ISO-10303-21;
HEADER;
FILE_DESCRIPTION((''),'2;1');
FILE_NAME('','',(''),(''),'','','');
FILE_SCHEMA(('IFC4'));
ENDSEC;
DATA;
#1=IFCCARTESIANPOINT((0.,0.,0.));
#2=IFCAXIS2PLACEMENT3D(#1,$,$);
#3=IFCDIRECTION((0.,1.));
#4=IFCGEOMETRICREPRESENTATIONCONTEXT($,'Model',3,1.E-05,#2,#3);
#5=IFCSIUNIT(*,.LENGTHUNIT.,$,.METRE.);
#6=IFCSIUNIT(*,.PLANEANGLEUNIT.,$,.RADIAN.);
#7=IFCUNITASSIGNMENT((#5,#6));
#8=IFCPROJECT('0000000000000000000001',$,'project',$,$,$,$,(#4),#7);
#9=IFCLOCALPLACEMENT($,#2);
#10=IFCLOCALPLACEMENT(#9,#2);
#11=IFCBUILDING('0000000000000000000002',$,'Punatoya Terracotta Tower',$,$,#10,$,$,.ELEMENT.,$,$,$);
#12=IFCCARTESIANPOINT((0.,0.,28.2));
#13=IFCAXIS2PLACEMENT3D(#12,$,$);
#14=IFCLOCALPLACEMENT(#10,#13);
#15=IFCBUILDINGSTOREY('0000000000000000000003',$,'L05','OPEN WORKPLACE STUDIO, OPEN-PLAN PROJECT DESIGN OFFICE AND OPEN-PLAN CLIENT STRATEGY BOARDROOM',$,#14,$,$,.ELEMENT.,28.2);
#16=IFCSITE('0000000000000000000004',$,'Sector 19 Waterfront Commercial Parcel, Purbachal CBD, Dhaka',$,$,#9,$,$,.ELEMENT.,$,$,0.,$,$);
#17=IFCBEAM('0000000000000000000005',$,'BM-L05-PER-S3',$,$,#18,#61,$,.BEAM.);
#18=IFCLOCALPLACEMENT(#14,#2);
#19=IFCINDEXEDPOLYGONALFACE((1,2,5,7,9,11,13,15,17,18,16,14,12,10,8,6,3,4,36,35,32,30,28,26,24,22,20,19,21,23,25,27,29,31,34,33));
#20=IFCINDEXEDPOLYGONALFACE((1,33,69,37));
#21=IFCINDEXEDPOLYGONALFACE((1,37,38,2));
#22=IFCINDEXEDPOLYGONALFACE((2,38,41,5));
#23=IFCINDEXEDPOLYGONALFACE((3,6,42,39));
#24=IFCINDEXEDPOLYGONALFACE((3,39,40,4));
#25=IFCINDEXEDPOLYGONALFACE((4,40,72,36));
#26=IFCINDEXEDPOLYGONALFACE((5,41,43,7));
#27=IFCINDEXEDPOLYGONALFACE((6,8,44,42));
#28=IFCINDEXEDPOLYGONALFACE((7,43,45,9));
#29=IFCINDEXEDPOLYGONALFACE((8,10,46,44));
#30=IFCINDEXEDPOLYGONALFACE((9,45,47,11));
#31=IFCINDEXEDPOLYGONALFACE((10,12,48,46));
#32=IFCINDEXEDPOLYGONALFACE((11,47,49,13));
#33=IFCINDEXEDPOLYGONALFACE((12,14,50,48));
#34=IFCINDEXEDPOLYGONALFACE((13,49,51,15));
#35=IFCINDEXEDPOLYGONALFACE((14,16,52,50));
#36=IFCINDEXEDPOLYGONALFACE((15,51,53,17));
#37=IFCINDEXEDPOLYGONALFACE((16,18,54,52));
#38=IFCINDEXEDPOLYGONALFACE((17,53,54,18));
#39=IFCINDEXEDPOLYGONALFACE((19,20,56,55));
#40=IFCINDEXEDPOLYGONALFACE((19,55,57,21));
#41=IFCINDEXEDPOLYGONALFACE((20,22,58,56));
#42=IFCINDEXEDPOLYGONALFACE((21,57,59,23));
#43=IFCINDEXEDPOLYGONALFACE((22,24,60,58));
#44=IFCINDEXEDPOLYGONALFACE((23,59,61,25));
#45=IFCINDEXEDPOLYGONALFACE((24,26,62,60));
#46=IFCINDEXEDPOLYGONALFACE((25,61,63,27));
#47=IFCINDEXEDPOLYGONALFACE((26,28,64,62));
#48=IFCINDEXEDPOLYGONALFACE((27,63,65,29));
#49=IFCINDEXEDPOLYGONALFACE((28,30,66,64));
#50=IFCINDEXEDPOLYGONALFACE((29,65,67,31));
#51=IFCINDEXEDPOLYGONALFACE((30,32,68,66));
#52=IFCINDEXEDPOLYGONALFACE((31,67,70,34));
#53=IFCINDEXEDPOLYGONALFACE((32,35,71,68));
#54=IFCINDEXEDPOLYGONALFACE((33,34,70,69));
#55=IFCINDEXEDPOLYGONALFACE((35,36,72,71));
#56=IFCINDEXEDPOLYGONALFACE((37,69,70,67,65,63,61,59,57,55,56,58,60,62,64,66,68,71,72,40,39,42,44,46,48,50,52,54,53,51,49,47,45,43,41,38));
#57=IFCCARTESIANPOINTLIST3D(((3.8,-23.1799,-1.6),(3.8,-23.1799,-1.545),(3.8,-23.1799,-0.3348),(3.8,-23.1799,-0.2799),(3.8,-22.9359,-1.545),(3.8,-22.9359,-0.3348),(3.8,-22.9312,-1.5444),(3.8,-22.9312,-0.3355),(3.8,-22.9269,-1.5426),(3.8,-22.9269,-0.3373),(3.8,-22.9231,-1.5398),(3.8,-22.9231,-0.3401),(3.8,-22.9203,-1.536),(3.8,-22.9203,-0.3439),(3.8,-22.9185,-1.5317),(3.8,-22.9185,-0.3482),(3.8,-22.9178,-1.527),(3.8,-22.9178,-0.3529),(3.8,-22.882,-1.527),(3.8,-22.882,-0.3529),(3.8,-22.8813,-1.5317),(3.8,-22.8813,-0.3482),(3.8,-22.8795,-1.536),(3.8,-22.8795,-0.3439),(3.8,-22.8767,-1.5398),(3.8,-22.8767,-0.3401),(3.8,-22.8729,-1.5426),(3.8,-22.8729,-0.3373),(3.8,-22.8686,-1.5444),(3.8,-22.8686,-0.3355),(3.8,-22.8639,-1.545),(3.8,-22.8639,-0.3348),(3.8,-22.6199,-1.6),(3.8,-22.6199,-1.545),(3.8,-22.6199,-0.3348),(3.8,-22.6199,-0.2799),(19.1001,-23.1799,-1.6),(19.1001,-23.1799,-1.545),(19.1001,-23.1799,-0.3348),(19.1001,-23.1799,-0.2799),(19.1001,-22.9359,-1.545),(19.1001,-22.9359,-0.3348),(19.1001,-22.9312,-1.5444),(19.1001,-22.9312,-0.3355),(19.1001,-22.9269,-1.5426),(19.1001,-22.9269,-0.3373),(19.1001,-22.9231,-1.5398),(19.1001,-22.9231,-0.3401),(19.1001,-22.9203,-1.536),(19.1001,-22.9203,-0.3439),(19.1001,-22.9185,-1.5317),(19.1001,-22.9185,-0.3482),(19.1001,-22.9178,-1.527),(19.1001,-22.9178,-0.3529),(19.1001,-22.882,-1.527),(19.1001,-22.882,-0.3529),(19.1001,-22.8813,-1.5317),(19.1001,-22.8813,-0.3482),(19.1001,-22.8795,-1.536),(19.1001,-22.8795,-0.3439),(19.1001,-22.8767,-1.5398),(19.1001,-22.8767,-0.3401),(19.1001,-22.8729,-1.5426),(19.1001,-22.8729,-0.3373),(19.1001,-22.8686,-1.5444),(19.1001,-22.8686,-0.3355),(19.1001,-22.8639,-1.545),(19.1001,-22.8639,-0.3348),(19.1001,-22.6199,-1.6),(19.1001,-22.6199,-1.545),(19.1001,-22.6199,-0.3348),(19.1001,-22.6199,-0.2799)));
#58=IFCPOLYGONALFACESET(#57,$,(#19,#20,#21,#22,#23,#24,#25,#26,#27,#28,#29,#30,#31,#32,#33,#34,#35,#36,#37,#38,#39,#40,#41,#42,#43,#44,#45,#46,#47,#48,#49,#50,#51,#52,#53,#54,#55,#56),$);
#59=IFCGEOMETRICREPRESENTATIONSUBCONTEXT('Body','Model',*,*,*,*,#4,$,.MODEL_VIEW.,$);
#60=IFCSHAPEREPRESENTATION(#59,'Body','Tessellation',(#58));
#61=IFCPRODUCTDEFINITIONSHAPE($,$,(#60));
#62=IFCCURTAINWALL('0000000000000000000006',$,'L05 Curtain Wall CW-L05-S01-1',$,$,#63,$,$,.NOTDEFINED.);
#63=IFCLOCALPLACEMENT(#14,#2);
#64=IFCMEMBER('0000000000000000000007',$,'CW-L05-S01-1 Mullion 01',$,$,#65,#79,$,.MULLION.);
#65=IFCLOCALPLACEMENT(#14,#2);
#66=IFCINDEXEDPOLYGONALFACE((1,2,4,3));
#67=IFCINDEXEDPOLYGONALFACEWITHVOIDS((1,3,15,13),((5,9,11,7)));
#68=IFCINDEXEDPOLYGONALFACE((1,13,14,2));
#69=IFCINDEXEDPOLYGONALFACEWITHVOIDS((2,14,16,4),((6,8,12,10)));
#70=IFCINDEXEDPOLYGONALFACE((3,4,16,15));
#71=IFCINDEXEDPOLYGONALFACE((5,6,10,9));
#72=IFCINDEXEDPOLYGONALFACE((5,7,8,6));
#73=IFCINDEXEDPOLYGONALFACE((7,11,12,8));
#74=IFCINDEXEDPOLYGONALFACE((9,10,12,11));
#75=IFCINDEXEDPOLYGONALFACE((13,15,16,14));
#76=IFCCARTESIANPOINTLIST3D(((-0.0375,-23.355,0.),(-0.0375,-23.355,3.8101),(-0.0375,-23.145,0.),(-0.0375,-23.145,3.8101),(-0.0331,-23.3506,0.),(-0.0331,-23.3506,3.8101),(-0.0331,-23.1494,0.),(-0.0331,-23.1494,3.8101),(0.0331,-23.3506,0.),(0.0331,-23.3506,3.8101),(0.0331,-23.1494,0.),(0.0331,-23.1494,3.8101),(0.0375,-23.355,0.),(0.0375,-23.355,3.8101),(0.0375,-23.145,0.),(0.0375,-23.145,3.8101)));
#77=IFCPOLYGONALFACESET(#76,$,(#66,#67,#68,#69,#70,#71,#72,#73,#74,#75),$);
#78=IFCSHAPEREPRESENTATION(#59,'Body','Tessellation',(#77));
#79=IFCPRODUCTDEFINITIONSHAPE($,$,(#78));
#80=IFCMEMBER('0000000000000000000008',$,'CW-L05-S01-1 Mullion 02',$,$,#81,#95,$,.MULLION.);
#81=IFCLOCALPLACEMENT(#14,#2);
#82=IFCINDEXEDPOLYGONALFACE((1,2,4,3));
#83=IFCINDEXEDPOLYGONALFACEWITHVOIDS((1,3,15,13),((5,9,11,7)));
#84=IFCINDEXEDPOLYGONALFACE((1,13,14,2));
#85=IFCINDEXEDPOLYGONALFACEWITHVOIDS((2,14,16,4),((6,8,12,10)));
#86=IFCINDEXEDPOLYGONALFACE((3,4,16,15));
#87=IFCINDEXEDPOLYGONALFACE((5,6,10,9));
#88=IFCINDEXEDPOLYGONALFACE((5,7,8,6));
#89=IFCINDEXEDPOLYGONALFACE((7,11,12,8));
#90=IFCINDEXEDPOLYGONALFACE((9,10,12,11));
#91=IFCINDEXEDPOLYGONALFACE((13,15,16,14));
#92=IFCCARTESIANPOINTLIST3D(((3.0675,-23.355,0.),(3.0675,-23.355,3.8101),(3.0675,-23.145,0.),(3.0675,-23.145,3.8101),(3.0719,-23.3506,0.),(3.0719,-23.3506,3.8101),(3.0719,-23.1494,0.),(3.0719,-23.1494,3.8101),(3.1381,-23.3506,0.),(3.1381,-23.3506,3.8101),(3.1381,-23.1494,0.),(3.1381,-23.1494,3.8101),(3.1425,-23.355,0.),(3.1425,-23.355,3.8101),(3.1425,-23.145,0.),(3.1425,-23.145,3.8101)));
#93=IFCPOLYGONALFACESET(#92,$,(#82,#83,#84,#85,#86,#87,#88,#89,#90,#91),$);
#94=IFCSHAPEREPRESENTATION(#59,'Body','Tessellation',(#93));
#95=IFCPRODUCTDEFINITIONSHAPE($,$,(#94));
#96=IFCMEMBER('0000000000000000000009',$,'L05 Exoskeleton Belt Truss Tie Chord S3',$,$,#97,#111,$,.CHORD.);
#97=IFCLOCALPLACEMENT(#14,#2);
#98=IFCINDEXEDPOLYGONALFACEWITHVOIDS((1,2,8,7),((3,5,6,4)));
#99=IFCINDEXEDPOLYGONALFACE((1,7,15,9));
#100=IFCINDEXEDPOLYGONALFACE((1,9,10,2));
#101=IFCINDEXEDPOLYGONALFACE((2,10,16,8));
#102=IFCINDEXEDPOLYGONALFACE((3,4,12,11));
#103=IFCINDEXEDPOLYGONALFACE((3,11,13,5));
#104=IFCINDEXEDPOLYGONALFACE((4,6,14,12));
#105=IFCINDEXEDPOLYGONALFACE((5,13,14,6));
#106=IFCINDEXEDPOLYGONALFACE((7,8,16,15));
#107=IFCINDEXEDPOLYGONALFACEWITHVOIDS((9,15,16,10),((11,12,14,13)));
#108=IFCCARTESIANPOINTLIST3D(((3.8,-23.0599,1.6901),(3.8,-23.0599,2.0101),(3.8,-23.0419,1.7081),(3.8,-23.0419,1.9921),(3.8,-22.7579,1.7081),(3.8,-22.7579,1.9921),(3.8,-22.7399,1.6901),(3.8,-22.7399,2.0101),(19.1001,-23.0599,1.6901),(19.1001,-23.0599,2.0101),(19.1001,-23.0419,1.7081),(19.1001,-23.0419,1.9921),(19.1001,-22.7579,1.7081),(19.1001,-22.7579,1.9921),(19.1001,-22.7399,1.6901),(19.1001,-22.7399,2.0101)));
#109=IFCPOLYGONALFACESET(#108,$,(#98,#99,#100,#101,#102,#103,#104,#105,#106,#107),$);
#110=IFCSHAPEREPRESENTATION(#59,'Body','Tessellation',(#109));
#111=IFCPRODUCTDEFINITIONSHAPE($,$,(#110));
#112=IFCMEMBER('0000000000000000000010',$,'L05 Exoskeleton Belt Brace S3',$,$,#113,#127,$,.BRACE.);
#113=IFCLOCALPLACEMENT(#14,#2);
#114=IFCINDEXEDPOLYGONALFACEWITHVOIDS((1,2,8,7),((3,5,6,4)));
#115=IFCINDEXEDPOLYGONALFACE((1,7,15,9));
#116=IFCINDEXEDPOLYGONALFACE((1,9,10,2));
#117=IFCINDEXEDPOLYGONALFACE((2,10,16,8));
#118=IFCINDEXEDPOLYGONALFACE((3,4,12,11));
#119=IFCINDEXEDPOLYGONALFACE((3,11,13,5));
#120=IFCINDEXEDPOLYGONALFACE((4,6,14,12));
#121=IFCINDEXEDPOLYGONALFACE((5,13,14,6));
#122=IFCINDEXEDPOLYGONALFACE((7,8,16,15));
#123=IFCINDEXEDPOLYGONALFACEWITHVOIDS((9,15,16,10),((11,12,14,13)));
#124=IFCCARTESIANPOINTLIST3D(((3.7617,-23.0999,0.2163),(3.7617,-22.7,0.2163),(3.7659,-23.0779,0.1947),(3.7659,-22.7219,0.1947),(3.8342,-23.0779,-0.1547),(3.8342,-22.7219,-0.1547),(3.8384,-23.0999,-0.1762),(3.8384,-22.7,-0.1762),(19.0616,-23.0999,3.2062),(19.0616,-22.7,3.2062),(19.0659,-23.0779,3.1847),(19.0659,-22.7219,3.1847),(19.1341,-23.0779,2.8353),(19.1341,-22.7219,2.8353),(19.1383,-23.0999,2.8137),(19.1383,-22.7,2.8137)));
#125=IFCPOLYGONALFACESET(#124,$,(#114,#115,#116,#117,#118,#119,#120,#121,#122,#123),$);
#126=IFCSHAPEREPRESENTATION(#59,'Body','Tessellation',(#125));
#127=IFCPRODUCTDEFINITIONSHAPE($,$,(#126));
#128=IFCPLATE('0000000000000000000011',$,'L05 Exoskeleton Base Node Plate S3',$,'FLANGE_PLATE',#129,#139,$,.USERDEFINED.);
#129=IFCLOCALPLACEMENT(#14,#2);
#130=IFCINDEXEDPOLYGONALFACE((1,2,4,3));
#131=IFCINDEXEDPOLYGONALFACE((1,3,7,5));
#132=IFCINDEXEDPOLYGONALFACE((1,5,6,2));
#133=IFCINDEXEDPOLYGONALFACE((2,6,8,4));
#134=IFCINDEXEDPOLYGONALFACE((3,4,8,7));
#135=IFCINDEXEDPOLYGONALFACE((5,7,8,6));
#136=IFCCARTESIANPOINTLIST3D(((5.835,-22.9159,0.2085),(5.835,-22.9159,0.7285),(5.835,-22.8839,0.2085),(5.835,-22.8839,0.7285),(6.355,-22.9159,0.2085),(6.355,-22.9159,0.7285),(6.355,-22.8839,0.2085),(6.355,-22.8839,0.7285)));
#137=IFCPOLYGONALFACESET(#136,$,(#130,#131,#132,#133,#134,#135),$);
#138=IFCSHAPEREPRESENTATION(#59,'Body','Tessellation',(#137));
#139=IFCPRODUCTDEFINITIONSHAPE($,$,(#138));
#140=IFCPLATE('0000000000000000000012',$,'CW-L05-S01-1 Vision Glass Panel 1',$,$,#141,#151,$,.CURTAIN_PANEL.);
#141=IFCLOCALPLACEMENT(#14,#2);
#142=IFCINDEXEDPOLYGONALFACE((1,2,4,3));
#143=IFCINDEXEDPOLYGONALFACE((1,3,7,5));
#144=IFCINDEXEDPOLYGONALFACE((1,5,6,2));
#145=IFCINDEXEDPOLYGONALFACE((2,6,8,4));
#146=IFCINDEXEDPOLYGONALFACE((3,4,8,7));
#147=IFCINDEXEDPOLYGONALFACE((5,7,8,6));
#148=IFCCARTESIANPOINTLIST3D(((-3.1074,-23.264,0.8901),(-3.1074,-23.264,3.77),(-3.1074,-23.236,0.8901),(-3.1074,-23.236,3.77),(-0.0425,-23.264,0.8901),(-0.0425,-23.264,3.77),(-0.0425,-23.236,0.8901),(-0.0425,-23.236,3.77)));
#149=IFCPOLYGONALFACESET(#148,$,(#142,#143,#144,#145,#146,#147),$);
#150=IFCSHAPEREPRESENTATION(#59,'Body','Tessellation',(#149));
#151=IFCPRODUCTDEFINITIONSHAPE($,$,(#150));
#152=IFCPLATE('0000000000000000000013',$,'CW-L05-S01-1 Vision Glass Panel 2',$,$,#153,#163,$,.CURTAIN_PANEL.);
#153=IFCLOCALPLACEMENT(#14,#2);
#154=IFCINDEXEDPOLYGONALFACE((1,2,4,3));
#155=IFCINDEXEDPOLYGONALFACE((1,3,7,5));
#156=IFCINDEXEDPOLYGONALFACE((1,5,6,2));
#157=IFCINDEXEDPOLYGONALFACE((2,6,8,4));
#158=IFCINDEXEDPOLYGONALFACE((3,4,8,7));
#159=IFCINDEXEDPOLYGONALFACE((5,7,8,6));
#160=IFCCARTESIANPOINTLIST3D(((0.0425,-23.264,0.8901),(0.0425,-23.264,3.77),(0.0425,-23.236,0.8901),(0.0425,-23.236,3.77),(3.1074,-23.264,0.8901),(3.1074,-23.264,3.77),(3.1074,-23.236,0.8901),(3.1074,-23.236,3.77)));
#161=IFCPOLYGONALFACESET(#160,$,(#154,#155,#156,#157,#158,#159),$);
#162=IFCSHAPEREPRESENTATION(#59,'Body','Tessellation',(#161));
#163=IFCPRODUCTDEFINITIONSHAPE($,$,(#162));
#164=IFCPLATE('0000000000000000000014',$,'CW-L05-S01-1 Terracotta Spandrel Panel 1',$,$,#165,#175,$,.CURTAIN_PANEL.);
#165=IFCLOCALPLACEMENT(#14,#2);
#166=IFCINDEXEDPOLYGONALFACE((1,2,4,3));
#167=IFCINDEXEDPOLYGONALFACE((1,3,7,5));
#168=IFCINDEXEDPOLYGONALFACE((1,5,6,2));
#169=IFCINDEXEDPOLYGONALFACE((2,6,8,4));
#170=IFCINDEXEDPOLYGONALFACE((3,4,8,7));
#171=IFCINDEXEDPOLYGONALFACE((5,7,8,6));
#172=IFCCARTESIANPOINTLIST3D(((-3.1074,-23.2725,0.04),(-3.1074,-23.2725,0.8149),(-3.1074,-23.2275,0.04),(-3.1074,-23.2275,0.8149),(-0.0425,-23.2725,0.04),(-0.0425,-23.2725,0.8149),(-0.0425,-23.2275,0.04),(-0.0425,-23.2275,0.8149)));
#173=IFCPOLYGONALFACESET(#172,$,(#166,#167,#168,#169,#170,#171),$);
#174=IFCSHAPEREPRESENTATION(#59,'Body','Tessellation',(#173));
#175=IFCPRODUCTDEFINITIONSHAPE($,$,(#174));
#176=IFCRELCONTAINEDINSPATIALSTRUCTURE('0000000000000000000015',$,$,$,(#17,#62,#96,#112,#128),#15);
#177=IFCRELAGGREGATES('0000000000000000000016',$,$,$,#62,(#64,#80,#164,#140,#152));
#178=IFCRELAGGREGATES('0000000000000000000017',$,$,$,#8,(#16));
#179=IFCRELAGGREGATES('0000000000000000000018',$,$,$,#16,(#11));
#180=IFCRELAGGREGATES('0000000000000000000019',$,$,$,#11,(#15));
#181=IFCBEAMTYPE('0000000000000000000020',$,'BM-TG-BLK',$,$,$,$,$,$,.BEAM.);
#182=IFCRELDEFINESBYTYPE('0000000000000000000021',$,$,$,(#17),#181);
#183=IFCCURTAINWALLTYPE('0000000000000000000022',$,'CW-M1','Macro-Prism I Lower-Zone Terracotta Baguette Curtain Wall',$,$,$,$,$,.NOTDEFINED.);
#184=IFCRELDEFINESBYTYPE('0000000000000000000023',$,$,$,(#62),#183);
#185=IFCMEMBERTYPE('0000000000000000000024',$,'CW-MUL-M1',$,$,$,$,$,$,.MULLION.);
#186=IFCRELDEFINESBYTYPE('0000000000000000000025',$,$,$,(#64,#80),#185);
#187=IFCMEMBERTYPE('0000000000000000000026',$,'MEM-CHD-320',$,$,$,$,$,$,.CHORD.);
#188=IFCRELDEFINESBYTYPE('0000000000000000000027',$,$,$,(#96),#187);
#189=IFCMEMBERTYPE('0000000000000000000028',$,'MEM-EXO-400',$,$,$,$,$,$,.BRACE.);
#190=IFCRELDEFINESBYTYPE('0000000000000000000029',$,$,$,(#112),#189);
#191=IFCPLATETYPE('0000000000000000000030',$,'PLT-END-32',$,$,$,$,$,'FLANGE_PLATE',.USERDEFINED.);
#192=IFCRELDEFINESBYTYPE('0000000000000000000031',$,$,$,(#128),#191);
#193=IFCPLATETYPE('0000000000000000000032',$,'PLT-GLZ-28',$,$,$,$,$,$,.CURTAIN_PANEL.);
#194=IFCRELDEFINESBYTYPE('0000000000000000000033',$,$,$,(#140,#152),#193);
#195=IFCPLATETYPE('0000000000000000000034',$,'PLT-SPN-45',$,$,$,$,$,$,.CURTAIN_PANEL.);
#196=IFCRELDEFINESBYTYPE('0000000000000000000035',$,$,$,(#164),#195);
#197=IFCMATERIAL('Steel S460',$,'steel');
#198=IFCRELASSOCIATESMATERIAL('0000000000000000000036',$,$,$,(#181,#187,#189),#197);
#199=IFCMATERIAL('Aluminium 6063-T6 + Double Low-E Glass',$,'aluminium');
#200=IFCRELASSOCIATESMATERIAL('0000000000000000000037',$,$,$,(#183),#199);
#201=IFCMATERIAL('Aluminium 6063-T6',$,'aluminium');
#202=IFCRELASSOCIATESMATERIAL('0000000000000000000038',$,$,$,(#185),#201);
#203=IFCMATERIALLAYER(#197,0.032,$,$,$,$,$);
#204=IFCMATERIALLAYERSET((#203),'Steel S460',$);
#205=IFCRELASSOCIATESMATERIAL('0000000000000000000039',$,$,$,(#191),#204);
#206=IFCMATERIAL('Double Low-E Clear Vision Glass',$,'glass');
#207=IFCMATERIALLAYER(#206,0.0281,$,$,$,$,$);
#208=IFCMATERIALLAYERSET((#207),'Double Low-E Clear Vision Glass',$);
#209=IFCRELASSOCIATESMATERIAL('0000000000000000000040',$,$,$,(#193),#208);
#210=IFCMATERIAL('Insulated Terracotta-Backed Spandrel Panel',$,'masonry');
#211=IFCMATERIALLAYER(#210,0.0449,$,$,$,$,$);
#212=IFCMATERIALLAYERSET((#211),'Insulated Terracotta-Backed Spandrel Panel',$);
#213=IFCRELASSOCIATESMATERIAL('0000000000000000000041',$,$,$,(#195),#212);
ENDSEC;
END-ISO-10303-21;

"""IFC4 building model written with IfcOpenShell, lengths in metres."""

from ifc_helpers import new_model, si_unit, direction, frame, origin, origin_2d, place, context, subcontext, project, spatial, rectangle, hollow_rectangle, i_section, extrude, material, layer, layer_set, material_profile, profile_set, type_object, element, aggregate, save


model = new_model("IFC4")

# Units and contexts
model_context = context("Model", 3, precision=1e-05, world=origin(), true_north=direction((0.0, 1.0)))
body_context = subcontext(model_context, "Body", "Model", "MODEL_VIEW")
ifc_project = project(units=[si_unit("LENGTHUNIT", "METRE"), si_unit("PLANEANGLEUNIT", "RADIAN")], contexts=[model_context])

# Site, building, storey
site_placement = place(None, origin())
site = spatial("IfcSite", under=ifc_project, at=site_placement, Name="Sector 19 Waterfront Commercial Parcel, Purbachal CBD, Dhaka", CompositionType="ELEMENT", RefElevation=0.0)
building_placement = place(site_placement, origin())
building = spatial("IfcBuilding", under=site, at=building_placement, Name="Punatoya Terracotta Tower", CompositionType="ELEMENT")
storey_placement = place(building_placement, frame((0.0, 0.0, 28.2)))
storey = spatial("IfcBuildingStorey", under=building, at=storey_placement, Name="L05", Description="OPEN WORKPLACE STUDIO, OPEN-PLAN PROJECT DESIGN OFFICE AND OPEN-PLAN CLIENT STRATEGY BOARDROOM", CompositionType="ELEMENT", Elevation=28.2)

# Shared definitions
ifc_material_1 = material(Name="Steel S460", Category="steel")

# Beam
ifc_material_profile_1 = material_profile(ifc_material_1, i_section(OverallWidth=0.5601, OverallDepth=1.3201, WebThickness=0.0359, FlangeThickness=0.0549, FilletRadius=0.0181, at=origin_2d()))
ifc_profile_set_1 = profile_set([ifc_material_profile_1], Name="Steel S460")
beam_type_1 = type_object("IfcBeamType", Name="BM-TG-BLK", PredefinedType="BEAM", material=ifc_profile_set_1)
beam_1_placement = place(storey_placement, frame((3.8, -22.8999, -0.9399), z_axis=(1.0, 0.0, 0.0), x_axis=(0.0, 1.0, 0.0)))
element("IfcBeam", 1, at=beam_1_placement, inside=storey, type_object=beam_type_1, Name="BM-L05-PER-S3", PredefinedType="BEAM", context=body_context, shape_type="SweptSolid", body=[
    extrude(i_section(OverallWidth=0.5601, OverallDepth=1.3201, WebThickness=0.0359, FlangeThickness=0.0549, FilletRadius=0.0181, at=origin_2d()), origin(), (0.0, 0.0, 1.0), 15.3),
])

# Curtain wall, members
ifc_material_2 = material(Name="Aluminium 6063-T6 + Double Low-E Glass", Category="aluminium")
curtain_wall_type = type_object("IfcCurtainWallType", Name="CW-M1", Description="Macro-Prism I Lower-Zone Terracotta Baguette Curtain Wall", PredefinedType="NOTDEFINED", material=ifc_material_2)
curtain_wall_placement = place(storey_placement, origin())
curtain_wall = element("IfcCurtainWall", 2, at=curtain_wall_placement, inside=storey, type_object=curtain_wall_type, Name="L05 Curtain Wall CW-L05-S01-1", PredefinedType="NOTDEFINED")
ifc_material_3 = material(Name="Aluminium 6063-T6", Category="aluminium")
ifc_material_profile_2 = material_profile(ifc_material_3, hollow_rectangle(XDim=0.075, YDim=0.21, WallThickness=0.0044, at=origin_2d()))
ifc_profile_set_2 = profile_set([ifc_material_profile_2], Name="Aluminium 6063-T6")
member_type_1 = type_object("IfcMemberType", Name="CW-MUL-M1", PredefinedType="MULLION", material=ifc_profile_set_2)
member_1_placement = place(storey_placement, frame((0.0, -23.25, 0.0), z_axis=(0.0, 0.0, 1.0), x_axis=(1.0, 0.0, 0.0)))
member_1 = element("IfcMember", 3, at=member_1_placement, type_object=member_type_1, Name="CW-L05-S01-1 Mullion 01", PredefinedType="MULLION", context=body_context, shape_type="SweptSolid", body=[
    extrude(hollow_rectangle(XDim=0.075, YDim=0.21, WallThickness=0.0044, at=origin_2d()), origin(), (0.0, 0.0, 1.0), 3.8101),
])
member_2_placement = place(storey_placement, frame((3.105, -23.25, 0.0), z_axis=(0.0, 0.0, 1.0), x_axis=(1.0, 0.0, 0.0)))
member_2 = element("IfcMember", 4, at=member_2_placement, type_object=member_type_1, Name="CW-L05-S01-1 Mullion 02", PredefinedType="MULLION", context=body_context, shape_type="SweptSolid", body=[
    extrude(hollow_rectangle(XDim=0.075, YDim=0.21, WallThickness=0.0044, at=origin_2d()), origin(), (0.0, 0.0, 1.0), 3.8101),
])

# Members
ifc_material_profile_3 = material_profile(ifc_material_1, hollow_rectangle(XDim=0.3201, YDim=0.3201, WallThickness=0.0181, at=origin_2d()))
ifc_profile_set_3 = profile_set([ifc_material_profile_3], Name="Steel S460")
member_type_2 = type_object("IfcMemberType", Name="MEM-CHD-320", PredefinedType="CHORD", material=ifc_profile_set_3)
member_3_placement = place(storey_placement, frame((3.8, -22.8999, 1.8501), z_axis=(1.0, 0.0, 0.0), x_axis=(0.0, 1.0, 0.0)))
element("IfcMember", 5, at=member_3_placement, inside=storey, type_object=member_type_2, Name="L05 Exoskeleton Belt Truss Tie Chord S3", PredefinedType="CHORD", context=body_context, shape_type="SweptSolid", body=[
    extrude(hollow_rectangle(XDim=0.3201, YDim=0.3201, WallThickness=0.0181, at=origin_2d()), origin(), (0.0, 0.0, 1.0), 15.3),
])
ifc_material_profile_4 = material_profile(ifc_material_1, hollow_rectangle(XDim=0.3999, YDim=0.3999, WallThickness=0.022, at=origin_2d()))
ifc_profile_set_4 = profile_set([ifc_material_profile_4], Name="Steel S460")
member_type_3 = type_object("IfcMemberType", Name="MEM-EXO-400", PredefinedType="BRACE", material=ifc_profile_set_4)
member_4_placement = place(storey_placement, frame((3.8, -22.8999, 0.02), z_axis=(0.981435, 0.0, 0.191796), x_axis=(0.0, 1.0, 0.0)))
element("IfcMember", 6, at=member_4_placement, inside=storey, type_object=member_type_3, Name="L05 Exoskeleton Belt Brace S3", PredefinedType="BRACE", context=body_context, shape_type="SweptSolid", body=[
    extrude(hollow_rectangle(XDim=0.3999, YDim=0.3999, WallThickness=0.022, at=origin_2d()), origin(), (0.0, 0.0, 1.0), 15.5894),
])

# Plates
ifc_layer_1 = layer(ifc_material_1, 0.032)
ifc_layer_set_1 = layer_set([ifc_layer_1], Name="Steel S460")
plate_type_1 = type_object("IfcPlateType", Name="PLT-END-32", ElementType="FLANGE_PLATE", PredefinedType="USERDEFINED", material=ifc_layer_set_1)
plate_1_placement = place(storey_placement, frame((6.095, -22.8999, 0.2085), z_axis=(0.0, 0.0, 1.0), x_axis=(1.0, 0.0, 0.0)))
element("IfcPlate", 7, at=plate_1_placement, inside=storey, type_object=plate_type_1, Name="L05 Exoskeleton Base Node Plate S3", ObjectType="FLANGE_PLATE", PredefinedType="USERDEFINED", context=body_context, shape_type="SweptSolid", body=[
    extrude(rectangle(XDim=0.52, YDim=0.032, at=origin_2d()), origin(), (0.0, 0.0, 1.0), 0.52),
])
ifc_material_4 = material(Name="Double Low-E Clear Vision Glass", Category="glass")
ifc_layer_2 = layer(ifc_material_4, 0.0281)
ifc_layer_set_2 = layer_set([ifc_layer_2], Name="Double Low-E Clear Vision Glass")
plate_type_2 = type_object("IfcPlateType", Name="PLT-GLZ-28", PredefinedType="CURTAIN_PANEL", material=ifc_layer_set_2)
plate_2_placement = place(storey_placement, frame((-1.575, -23.25, 0.8901), z_axis=(0.0, 0.0, 1.0), x_axis=(1.0, 0.0, 0.0)))
plate_2 = element("IfcPlate", 8, at=plate_2_placement, type_object=plate_type_2, Name="CW-L05-S01-1 Vision Glass Panel 1", PredefinedType="CURTAIN_PANEL", context=body_context, shape_type="SweptSolid", body=[
    extrude(rectangle(XDim=3.0649, YDim=0.0281, at=origin_2d()), origin(), (0.0, 0.0, 1.0), 2.8799),
])
plate_3_placement = place(storey_placement, frame((1.575, -23.25, 0.8901), z_axis=(0.0, 0.0, 1.0), x_axis=(1.0, 0.0, 0.0)))
plate_3 = element("IfcPlate", 9, at=plate_3_placement, type_object=plate_type_2, Name="CW-L05-S01-1 Vision Glass Panel 2", PredefinedType="CURTAIN_PANEL", context=body_context, shape_type="SweptSolid", body=[
    extrude(rectangle(XDim=3.0649, YDim=0.0281, at=origin_2d()), origin(), (0.0, 0.0, 1.0), 2.8799),
])
ifc_material_5 = material(Name="Insulated Terracotta-Backed Spandrel Panel", Category="masonry")
ifc_layer_3 = layer(ifc_material_5, 0.0449)
ifc_layer_set_3 = layer_set([ifc_layer_3], Name="Insulated Terracotta-Backed Spandrel Panel")
plate_type_3 = type_object("IfcPlateType", Name="PLT-SPN-45", PredefinedType="CURTAIN_PANEL", material=ifc_layer_set_3)
plate_4_placement = place(storey_placement, frame((-1.575, -23.25, 0.04), z_axis=(0.0, 0.0, 1.0), x_axis=(1.0, 0.0, 0.0)))
plate_4 = element("IfcPlate", 10, at=plate_4_placement, type_object=plate_type_3, Name="CW-L05-S01-1 Terracotta Spandrel Panel 1", PredefinedType="CURTAIN_PANEL", context=body_context, shape_type="SweptSolid", body=[
    extrude(rectangle(XDim=3.0649, YDim=0.0449, at=origin_2d()), origin(), (0.0, 0.0, 1.0), 0.7749),
])
aggregate(curtain_wall, [member_1, member_2, plate_4, plate_2, plate_3])

save(model, "model.ifc")
